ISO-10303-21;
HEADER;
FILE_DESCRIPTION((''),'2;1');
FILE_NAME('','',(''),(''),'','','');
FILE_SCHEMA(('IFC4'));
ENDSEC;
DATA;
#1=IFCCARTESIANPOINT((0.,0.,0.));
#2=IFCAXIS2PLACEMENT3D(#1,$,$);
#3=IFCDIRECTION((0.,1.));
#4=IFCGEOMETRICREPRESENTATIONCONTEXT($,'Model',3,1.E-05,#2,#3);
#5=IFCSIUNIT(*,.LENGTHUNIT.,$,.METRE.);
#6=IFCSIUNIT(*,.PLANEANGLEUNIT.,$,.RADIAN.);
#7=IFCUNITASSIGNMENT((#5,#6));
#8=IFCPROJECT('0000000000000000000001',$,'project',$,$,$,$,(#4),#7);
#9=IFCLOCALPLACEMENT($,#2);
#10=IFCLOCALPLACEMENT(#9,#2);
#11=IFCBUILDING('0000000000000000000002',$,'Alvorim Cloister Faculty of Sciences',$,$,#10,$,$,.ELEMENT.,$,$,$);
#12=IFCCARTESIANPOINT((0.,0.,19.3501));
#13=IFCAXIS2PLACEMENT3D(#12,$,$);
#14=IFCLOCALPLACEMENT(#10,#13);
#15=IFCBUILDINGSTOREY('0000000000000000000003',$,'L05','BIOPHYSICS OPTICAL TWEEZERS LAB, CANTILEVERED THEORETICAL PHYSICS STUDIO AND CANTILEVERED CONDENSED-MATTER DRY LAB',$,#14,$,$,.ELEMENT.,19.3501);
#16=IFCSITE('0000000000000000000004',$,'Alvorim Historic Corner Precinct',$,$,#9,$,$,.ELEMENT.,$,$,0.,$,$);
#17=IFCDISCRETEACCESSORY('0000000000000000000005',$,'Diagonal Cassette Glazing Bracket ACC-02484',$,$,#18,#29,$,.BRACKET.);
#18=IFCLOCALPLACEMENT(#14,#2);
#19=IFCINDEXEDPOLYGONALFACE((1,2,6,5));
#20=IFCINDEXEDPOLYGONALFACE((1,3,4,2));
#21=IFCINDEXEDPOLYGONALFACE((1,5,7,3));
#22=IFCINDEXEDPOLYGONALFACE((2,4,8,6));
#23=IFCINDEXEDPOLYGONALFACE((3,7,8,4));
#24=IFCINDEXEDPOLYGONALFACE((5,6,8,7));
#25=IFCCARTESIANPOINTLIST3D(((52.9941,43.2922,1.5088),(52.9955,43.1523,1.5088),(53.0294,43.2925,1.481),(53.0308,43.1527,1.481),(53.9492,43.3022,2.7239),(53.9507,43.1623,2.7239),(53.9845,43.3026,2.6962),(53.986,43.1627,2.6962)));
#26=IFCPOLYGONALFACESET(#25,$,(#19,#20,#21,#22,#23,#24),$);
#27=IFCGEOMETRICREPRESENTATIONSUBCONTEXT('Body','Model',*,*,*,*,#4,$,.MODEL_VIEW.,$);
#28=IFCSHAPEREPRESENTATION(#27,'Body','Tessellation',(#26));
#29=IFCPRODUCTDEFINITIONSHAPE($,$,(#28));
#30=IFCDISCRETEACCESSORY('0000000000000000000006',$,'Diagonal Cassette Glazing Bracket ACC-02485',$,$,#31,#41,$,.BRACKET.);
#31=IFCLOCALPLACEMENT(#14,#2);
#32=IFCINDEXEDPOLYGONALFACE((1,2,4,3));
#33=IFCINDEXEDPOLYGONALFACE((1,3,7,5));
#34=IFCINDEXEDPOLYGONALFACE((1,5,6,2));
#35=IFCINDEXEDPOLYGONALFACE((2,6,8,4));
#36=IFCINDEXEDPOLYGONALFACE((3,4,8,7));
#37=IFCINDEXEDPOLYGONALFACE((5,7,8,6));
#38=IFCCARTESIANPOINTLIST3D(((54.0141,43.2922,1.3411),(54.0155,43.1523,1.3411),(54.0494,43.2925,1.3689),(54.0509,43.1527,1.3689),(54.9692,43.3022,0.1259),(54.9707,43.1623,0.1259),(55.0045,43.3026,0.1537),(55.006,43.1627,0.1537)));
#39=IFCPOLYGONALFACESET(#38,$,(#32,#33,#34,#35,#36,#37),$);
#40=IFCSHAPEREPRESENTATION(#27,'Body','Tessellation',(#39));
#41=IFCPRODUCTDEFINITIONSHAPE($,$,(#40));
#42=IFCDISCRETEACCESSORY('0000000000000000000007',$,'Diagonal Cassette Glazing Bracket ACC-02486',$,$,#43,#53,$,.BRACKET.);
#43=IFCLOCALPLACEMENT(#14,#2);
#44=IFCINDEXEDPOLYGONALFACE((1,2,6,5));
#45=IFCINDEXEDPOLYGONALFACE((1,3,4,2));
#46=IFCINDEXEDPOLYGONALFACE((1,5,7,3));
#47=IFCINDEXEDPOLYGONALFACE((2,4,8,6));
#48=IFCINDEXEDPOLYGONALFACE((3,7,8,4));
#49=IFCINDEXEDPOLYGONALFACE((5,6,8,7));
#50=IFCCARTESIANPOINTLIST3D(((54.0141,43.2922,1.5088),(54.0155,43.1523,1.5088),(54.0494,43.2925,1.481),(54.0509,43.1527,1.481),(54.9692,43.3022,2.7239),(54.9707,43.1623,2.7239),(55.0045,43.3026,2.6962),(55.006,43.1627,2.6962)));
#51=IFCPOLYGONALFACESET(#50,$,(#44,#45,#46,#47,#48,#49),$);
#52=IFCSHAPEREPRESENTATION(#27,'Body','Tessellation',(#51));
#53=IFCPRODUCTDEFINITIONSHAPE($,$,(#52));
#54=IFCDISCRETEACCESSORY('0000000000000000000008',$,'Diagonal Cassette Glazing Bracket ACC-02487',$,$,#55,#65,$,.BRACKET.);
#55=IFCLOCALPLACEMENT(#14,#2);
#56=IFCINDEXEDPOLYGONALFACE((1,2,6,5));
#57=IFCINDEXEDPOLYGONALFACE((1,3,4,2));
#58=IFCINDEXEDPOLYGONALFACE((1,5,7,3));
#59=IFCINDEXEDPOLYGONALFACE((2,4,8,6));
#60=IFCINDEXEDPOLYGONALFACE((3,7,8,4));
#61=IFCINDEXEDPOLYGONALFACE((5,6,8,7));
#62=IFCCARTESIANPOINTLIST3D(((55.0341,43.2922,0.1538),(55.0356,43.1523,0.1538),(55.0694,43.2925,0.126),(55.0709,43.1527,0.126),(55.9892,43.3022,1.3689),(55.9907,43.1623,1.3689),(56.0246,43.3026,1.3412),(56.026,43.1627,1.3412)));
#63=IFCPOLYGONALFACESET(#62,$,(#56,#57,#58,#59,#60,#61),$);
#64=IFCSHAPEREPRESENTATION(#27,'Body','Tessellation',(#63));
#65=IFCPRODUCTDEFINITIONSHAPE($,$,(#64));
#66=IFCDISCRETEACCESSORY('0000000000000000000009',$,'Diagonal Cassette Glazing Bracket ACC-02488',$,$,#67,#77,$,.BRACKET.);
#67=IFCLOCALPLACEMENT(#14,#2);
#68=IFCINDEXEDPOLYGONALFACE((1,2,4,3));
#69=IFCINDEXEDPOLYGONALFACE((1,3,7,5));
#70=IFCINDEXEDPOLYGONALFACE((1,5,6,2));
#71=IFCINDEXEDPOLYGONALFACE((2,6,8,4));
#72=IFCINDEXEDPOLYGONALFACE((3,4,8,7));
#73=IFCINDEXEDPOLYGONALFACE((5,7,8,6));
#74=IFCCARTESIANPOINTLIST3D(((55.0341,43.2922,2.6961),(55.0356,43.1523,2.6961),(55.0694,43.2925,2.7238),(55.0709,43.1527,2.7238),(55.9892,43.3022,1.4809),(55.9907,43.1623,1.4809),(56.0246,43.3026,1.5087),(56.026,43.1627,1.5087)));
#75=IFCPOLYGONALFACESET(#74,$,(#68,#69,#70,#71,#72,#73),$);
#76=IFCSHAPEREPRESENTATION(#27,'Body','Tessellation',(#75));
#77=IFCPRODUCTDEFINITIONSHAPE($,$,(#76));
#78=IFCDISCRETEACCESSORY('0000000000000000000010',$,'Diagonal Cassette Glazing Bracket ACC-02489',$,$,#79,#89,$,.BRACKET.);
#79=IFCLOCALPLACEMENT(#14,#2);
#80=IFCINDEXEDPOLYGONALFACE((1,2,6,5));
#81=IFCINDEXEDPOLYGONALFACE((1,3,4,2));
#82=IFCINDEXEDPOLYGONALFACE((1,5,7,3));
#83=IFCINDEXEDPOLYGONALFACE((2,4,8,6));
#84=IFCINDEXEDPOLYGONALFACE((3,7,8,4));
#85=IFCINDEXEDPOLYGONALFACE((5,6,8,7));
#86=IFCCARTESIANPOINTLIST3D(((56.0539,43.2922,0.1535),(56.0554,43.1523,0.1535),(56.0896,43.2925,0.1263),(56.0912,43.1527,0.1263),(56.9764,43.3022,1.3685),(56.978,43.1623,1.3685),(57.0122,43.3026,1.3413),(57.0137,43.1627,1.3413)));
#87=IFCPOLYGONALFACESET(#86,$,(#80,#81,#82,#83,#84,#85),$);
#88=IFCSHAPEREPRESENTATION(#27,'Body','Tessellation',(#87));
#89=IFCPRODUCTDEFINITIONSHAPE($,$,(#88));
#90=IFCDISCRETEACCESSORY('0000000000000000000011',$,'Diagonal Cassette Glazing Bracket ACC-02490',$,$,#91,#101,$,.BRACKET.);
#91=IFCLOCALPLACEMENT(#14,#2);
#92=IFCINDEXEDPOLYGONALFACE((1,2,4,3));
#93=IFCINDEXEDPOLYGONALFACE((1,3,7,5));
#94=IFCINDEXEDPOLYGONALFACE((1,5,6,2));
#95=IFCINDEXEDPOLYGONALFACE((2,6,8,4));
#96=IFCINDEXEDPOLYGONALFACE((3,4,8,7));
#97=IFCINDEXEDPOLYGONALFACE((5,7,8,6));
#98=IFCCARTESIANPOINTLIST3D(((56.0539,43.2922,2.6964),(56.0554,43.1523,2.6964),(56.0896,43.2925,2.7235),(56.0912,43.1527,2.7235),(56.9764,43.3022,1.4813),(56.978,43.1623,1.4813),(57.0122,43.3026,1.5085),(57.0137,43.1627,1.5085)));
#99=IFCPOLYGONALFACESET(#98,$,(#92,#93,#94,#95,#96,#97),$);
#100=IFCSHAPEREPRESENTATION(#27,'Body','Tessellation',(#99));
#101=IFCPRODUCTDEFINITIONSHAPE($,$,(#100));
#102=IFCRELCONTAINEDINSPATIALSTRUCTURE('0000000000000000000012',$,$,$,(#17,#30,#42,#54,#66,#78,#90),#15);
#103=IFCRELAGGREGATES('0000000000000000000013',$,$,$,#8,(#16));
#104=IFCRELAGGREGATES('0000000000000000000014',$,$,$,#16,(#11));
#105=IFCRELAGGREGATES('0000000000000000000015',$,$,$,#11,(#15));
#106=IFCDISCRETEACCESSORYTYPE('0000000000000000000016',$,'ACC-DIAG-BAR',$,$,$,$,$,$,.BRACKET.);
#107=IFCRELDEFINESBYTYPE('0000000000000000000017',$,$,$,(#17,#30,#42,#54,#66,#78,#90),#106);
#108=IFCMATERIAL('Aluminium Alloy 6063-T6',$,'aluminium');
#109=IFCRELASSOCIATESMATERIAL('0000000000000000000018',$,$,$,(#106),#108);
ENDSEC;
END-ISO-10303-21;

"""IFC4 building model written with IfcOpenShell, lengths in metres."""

from ifc_helpers import new_model, si_unit, direction, frame, origin, origin_2d, place, context, subcontext, project, spatial, rectangle, extrude, material, type_object, element, save


model = new_model("IFC4")

# Units and contexts
model_context = context("Model", 3, precision=1e-05, world=origin(), true_north=direction((0.0, 1.0)))
body_context = subcontext(model_context, "Body", "Model", "MODEL_VIEW")
ifc_project = project(units=[si_unit("LENGTHUNIT", "METRE"), si_unit("PLANEANGLEUNIT", "RADIAN")], contexts=[model_context])

# Site, building, storey
site_placement = place(None, origin())
site = spatial("IfcSite", under=ifc_project, at=site_placement, Name="Alvorim Historic Corner Precinct", CompositionType="ELEMENT", RefElevation=0.0)
building_placement = place(site_placement, origin())
building = spatial("IfcBuilding", under=site, at=building_placement, Name="Alvorim Cloister Faculty of Sciences", CompositionType="ELEMENT")
storey_placement = place(building_placement, frame((0.0, 0.0, 19.3501)))
storey = spatial("IfcBuildingStorey", under=building, at=storey_placement, Name="L05", Description="BIOPHYSICS OPTICAL TWEEZERS LAB, CANTILEVERED THEORETICAL PHYSICS STUDIO AND CANTILEVERED CONDENSED-MATTER DRY LAB", CompositionType="ELEMENT", Elevation=19.3501)

# Shared definitions
ifc_material_1 = material(Name="Aluminium Alloy 6063-T6", Category="aluminium")

# Discrete accessories
discrete_accessory_type = type_object("IfcDiscreteAccessoryType", Name="ACC-DIAG-BAR", PredefinedType="BRACKET", material=ifc_material_1)
for number, where, z_axis, x_axis, name in (
    (1, (53.0125, 43.2224, 1.4949), (0.617955, 0.006477, 0.786187), (-0.01048, 0.999945, 0.0), "Diagonal Cassette Glazing Bracket ACC-02484"),
    (2, (54.0325, 43.2224, 1.355), (0.617955, 0.006477, -0.786187), (-0.01048, 0.999945, 0.0), "Diagonal Cassette Glazing Bracket ACC-02485"),
    (3, (54.0325, 43.2224, 1.4949), (0.617955, 0.006477, 0.786187), (-0.01048, 0.999945, 0.0), "Diagonal Cassette Glazing Bracket ACC-02486"),
    (4, (55.0525, 43.2224, 0.1399), (0.617955, 0.006477, 0.786187), (-0.01048, 0.999945, 0.0), "Diagonal Cassette Glazing Bracket ACC-02487"),
    (5, (55.0525, 43.2224, 2.71), (0.617955, 0.006477, -0.786187), (-0.01048, 0.999945, 0.0), "Diagonal Cassette Glazing Bracket ACC-02488"),
):
    element("IfcDiscreteAccessory", number, at=place(storey_placement, frame(where, z_axis=z_axis, x_axis=x_axis)), inside=storey, type_object=discrete_accessory_type, Name=name, PredefinedType="BRACKET", context=body_context, shape_type="SweptSolid", body=[
        extrude(rectangle(XDim=0.1399, YDim=0.0449, at=origin_2d()), origin(), (0.0, 0.0, 1.0), 1.5457),
    ])
for number, where, z_axis, x_axis, name in (
    (6, (56.0725, 43.2224, 0.1399), (0.604713, 0.006561, 0.796416), (-0.010849, 0.999941, 0.0), "Diagonal Cassette Glazing Bracket ACC-02489"),
    (7, (56.0725, 43.2224, 2.71), (0.604713, 0.006561, -0.796416), (-0.010849, 0.999941, 0.0), "Diagonal Cassette Glazing Bracket ACC-02490"),
):
    element("IfcDiscreteAccessory", number, at=place(storey_placement, frame(where, z_axis=z_axis, x_axis=x_axis)), inside=storey, type_object=discrete_accessory_type, Name=name, PredefinedType="BRACKET", context=body_context, shape_type="SweptSolid", body=[
        extrude(rectangle(XDim=0.1399, YDim=0.0449, at=origin_2d()), origin(), (0.0, 0.0, 1.0), 1.5256),
    ])

save(model, "model.ifc")
